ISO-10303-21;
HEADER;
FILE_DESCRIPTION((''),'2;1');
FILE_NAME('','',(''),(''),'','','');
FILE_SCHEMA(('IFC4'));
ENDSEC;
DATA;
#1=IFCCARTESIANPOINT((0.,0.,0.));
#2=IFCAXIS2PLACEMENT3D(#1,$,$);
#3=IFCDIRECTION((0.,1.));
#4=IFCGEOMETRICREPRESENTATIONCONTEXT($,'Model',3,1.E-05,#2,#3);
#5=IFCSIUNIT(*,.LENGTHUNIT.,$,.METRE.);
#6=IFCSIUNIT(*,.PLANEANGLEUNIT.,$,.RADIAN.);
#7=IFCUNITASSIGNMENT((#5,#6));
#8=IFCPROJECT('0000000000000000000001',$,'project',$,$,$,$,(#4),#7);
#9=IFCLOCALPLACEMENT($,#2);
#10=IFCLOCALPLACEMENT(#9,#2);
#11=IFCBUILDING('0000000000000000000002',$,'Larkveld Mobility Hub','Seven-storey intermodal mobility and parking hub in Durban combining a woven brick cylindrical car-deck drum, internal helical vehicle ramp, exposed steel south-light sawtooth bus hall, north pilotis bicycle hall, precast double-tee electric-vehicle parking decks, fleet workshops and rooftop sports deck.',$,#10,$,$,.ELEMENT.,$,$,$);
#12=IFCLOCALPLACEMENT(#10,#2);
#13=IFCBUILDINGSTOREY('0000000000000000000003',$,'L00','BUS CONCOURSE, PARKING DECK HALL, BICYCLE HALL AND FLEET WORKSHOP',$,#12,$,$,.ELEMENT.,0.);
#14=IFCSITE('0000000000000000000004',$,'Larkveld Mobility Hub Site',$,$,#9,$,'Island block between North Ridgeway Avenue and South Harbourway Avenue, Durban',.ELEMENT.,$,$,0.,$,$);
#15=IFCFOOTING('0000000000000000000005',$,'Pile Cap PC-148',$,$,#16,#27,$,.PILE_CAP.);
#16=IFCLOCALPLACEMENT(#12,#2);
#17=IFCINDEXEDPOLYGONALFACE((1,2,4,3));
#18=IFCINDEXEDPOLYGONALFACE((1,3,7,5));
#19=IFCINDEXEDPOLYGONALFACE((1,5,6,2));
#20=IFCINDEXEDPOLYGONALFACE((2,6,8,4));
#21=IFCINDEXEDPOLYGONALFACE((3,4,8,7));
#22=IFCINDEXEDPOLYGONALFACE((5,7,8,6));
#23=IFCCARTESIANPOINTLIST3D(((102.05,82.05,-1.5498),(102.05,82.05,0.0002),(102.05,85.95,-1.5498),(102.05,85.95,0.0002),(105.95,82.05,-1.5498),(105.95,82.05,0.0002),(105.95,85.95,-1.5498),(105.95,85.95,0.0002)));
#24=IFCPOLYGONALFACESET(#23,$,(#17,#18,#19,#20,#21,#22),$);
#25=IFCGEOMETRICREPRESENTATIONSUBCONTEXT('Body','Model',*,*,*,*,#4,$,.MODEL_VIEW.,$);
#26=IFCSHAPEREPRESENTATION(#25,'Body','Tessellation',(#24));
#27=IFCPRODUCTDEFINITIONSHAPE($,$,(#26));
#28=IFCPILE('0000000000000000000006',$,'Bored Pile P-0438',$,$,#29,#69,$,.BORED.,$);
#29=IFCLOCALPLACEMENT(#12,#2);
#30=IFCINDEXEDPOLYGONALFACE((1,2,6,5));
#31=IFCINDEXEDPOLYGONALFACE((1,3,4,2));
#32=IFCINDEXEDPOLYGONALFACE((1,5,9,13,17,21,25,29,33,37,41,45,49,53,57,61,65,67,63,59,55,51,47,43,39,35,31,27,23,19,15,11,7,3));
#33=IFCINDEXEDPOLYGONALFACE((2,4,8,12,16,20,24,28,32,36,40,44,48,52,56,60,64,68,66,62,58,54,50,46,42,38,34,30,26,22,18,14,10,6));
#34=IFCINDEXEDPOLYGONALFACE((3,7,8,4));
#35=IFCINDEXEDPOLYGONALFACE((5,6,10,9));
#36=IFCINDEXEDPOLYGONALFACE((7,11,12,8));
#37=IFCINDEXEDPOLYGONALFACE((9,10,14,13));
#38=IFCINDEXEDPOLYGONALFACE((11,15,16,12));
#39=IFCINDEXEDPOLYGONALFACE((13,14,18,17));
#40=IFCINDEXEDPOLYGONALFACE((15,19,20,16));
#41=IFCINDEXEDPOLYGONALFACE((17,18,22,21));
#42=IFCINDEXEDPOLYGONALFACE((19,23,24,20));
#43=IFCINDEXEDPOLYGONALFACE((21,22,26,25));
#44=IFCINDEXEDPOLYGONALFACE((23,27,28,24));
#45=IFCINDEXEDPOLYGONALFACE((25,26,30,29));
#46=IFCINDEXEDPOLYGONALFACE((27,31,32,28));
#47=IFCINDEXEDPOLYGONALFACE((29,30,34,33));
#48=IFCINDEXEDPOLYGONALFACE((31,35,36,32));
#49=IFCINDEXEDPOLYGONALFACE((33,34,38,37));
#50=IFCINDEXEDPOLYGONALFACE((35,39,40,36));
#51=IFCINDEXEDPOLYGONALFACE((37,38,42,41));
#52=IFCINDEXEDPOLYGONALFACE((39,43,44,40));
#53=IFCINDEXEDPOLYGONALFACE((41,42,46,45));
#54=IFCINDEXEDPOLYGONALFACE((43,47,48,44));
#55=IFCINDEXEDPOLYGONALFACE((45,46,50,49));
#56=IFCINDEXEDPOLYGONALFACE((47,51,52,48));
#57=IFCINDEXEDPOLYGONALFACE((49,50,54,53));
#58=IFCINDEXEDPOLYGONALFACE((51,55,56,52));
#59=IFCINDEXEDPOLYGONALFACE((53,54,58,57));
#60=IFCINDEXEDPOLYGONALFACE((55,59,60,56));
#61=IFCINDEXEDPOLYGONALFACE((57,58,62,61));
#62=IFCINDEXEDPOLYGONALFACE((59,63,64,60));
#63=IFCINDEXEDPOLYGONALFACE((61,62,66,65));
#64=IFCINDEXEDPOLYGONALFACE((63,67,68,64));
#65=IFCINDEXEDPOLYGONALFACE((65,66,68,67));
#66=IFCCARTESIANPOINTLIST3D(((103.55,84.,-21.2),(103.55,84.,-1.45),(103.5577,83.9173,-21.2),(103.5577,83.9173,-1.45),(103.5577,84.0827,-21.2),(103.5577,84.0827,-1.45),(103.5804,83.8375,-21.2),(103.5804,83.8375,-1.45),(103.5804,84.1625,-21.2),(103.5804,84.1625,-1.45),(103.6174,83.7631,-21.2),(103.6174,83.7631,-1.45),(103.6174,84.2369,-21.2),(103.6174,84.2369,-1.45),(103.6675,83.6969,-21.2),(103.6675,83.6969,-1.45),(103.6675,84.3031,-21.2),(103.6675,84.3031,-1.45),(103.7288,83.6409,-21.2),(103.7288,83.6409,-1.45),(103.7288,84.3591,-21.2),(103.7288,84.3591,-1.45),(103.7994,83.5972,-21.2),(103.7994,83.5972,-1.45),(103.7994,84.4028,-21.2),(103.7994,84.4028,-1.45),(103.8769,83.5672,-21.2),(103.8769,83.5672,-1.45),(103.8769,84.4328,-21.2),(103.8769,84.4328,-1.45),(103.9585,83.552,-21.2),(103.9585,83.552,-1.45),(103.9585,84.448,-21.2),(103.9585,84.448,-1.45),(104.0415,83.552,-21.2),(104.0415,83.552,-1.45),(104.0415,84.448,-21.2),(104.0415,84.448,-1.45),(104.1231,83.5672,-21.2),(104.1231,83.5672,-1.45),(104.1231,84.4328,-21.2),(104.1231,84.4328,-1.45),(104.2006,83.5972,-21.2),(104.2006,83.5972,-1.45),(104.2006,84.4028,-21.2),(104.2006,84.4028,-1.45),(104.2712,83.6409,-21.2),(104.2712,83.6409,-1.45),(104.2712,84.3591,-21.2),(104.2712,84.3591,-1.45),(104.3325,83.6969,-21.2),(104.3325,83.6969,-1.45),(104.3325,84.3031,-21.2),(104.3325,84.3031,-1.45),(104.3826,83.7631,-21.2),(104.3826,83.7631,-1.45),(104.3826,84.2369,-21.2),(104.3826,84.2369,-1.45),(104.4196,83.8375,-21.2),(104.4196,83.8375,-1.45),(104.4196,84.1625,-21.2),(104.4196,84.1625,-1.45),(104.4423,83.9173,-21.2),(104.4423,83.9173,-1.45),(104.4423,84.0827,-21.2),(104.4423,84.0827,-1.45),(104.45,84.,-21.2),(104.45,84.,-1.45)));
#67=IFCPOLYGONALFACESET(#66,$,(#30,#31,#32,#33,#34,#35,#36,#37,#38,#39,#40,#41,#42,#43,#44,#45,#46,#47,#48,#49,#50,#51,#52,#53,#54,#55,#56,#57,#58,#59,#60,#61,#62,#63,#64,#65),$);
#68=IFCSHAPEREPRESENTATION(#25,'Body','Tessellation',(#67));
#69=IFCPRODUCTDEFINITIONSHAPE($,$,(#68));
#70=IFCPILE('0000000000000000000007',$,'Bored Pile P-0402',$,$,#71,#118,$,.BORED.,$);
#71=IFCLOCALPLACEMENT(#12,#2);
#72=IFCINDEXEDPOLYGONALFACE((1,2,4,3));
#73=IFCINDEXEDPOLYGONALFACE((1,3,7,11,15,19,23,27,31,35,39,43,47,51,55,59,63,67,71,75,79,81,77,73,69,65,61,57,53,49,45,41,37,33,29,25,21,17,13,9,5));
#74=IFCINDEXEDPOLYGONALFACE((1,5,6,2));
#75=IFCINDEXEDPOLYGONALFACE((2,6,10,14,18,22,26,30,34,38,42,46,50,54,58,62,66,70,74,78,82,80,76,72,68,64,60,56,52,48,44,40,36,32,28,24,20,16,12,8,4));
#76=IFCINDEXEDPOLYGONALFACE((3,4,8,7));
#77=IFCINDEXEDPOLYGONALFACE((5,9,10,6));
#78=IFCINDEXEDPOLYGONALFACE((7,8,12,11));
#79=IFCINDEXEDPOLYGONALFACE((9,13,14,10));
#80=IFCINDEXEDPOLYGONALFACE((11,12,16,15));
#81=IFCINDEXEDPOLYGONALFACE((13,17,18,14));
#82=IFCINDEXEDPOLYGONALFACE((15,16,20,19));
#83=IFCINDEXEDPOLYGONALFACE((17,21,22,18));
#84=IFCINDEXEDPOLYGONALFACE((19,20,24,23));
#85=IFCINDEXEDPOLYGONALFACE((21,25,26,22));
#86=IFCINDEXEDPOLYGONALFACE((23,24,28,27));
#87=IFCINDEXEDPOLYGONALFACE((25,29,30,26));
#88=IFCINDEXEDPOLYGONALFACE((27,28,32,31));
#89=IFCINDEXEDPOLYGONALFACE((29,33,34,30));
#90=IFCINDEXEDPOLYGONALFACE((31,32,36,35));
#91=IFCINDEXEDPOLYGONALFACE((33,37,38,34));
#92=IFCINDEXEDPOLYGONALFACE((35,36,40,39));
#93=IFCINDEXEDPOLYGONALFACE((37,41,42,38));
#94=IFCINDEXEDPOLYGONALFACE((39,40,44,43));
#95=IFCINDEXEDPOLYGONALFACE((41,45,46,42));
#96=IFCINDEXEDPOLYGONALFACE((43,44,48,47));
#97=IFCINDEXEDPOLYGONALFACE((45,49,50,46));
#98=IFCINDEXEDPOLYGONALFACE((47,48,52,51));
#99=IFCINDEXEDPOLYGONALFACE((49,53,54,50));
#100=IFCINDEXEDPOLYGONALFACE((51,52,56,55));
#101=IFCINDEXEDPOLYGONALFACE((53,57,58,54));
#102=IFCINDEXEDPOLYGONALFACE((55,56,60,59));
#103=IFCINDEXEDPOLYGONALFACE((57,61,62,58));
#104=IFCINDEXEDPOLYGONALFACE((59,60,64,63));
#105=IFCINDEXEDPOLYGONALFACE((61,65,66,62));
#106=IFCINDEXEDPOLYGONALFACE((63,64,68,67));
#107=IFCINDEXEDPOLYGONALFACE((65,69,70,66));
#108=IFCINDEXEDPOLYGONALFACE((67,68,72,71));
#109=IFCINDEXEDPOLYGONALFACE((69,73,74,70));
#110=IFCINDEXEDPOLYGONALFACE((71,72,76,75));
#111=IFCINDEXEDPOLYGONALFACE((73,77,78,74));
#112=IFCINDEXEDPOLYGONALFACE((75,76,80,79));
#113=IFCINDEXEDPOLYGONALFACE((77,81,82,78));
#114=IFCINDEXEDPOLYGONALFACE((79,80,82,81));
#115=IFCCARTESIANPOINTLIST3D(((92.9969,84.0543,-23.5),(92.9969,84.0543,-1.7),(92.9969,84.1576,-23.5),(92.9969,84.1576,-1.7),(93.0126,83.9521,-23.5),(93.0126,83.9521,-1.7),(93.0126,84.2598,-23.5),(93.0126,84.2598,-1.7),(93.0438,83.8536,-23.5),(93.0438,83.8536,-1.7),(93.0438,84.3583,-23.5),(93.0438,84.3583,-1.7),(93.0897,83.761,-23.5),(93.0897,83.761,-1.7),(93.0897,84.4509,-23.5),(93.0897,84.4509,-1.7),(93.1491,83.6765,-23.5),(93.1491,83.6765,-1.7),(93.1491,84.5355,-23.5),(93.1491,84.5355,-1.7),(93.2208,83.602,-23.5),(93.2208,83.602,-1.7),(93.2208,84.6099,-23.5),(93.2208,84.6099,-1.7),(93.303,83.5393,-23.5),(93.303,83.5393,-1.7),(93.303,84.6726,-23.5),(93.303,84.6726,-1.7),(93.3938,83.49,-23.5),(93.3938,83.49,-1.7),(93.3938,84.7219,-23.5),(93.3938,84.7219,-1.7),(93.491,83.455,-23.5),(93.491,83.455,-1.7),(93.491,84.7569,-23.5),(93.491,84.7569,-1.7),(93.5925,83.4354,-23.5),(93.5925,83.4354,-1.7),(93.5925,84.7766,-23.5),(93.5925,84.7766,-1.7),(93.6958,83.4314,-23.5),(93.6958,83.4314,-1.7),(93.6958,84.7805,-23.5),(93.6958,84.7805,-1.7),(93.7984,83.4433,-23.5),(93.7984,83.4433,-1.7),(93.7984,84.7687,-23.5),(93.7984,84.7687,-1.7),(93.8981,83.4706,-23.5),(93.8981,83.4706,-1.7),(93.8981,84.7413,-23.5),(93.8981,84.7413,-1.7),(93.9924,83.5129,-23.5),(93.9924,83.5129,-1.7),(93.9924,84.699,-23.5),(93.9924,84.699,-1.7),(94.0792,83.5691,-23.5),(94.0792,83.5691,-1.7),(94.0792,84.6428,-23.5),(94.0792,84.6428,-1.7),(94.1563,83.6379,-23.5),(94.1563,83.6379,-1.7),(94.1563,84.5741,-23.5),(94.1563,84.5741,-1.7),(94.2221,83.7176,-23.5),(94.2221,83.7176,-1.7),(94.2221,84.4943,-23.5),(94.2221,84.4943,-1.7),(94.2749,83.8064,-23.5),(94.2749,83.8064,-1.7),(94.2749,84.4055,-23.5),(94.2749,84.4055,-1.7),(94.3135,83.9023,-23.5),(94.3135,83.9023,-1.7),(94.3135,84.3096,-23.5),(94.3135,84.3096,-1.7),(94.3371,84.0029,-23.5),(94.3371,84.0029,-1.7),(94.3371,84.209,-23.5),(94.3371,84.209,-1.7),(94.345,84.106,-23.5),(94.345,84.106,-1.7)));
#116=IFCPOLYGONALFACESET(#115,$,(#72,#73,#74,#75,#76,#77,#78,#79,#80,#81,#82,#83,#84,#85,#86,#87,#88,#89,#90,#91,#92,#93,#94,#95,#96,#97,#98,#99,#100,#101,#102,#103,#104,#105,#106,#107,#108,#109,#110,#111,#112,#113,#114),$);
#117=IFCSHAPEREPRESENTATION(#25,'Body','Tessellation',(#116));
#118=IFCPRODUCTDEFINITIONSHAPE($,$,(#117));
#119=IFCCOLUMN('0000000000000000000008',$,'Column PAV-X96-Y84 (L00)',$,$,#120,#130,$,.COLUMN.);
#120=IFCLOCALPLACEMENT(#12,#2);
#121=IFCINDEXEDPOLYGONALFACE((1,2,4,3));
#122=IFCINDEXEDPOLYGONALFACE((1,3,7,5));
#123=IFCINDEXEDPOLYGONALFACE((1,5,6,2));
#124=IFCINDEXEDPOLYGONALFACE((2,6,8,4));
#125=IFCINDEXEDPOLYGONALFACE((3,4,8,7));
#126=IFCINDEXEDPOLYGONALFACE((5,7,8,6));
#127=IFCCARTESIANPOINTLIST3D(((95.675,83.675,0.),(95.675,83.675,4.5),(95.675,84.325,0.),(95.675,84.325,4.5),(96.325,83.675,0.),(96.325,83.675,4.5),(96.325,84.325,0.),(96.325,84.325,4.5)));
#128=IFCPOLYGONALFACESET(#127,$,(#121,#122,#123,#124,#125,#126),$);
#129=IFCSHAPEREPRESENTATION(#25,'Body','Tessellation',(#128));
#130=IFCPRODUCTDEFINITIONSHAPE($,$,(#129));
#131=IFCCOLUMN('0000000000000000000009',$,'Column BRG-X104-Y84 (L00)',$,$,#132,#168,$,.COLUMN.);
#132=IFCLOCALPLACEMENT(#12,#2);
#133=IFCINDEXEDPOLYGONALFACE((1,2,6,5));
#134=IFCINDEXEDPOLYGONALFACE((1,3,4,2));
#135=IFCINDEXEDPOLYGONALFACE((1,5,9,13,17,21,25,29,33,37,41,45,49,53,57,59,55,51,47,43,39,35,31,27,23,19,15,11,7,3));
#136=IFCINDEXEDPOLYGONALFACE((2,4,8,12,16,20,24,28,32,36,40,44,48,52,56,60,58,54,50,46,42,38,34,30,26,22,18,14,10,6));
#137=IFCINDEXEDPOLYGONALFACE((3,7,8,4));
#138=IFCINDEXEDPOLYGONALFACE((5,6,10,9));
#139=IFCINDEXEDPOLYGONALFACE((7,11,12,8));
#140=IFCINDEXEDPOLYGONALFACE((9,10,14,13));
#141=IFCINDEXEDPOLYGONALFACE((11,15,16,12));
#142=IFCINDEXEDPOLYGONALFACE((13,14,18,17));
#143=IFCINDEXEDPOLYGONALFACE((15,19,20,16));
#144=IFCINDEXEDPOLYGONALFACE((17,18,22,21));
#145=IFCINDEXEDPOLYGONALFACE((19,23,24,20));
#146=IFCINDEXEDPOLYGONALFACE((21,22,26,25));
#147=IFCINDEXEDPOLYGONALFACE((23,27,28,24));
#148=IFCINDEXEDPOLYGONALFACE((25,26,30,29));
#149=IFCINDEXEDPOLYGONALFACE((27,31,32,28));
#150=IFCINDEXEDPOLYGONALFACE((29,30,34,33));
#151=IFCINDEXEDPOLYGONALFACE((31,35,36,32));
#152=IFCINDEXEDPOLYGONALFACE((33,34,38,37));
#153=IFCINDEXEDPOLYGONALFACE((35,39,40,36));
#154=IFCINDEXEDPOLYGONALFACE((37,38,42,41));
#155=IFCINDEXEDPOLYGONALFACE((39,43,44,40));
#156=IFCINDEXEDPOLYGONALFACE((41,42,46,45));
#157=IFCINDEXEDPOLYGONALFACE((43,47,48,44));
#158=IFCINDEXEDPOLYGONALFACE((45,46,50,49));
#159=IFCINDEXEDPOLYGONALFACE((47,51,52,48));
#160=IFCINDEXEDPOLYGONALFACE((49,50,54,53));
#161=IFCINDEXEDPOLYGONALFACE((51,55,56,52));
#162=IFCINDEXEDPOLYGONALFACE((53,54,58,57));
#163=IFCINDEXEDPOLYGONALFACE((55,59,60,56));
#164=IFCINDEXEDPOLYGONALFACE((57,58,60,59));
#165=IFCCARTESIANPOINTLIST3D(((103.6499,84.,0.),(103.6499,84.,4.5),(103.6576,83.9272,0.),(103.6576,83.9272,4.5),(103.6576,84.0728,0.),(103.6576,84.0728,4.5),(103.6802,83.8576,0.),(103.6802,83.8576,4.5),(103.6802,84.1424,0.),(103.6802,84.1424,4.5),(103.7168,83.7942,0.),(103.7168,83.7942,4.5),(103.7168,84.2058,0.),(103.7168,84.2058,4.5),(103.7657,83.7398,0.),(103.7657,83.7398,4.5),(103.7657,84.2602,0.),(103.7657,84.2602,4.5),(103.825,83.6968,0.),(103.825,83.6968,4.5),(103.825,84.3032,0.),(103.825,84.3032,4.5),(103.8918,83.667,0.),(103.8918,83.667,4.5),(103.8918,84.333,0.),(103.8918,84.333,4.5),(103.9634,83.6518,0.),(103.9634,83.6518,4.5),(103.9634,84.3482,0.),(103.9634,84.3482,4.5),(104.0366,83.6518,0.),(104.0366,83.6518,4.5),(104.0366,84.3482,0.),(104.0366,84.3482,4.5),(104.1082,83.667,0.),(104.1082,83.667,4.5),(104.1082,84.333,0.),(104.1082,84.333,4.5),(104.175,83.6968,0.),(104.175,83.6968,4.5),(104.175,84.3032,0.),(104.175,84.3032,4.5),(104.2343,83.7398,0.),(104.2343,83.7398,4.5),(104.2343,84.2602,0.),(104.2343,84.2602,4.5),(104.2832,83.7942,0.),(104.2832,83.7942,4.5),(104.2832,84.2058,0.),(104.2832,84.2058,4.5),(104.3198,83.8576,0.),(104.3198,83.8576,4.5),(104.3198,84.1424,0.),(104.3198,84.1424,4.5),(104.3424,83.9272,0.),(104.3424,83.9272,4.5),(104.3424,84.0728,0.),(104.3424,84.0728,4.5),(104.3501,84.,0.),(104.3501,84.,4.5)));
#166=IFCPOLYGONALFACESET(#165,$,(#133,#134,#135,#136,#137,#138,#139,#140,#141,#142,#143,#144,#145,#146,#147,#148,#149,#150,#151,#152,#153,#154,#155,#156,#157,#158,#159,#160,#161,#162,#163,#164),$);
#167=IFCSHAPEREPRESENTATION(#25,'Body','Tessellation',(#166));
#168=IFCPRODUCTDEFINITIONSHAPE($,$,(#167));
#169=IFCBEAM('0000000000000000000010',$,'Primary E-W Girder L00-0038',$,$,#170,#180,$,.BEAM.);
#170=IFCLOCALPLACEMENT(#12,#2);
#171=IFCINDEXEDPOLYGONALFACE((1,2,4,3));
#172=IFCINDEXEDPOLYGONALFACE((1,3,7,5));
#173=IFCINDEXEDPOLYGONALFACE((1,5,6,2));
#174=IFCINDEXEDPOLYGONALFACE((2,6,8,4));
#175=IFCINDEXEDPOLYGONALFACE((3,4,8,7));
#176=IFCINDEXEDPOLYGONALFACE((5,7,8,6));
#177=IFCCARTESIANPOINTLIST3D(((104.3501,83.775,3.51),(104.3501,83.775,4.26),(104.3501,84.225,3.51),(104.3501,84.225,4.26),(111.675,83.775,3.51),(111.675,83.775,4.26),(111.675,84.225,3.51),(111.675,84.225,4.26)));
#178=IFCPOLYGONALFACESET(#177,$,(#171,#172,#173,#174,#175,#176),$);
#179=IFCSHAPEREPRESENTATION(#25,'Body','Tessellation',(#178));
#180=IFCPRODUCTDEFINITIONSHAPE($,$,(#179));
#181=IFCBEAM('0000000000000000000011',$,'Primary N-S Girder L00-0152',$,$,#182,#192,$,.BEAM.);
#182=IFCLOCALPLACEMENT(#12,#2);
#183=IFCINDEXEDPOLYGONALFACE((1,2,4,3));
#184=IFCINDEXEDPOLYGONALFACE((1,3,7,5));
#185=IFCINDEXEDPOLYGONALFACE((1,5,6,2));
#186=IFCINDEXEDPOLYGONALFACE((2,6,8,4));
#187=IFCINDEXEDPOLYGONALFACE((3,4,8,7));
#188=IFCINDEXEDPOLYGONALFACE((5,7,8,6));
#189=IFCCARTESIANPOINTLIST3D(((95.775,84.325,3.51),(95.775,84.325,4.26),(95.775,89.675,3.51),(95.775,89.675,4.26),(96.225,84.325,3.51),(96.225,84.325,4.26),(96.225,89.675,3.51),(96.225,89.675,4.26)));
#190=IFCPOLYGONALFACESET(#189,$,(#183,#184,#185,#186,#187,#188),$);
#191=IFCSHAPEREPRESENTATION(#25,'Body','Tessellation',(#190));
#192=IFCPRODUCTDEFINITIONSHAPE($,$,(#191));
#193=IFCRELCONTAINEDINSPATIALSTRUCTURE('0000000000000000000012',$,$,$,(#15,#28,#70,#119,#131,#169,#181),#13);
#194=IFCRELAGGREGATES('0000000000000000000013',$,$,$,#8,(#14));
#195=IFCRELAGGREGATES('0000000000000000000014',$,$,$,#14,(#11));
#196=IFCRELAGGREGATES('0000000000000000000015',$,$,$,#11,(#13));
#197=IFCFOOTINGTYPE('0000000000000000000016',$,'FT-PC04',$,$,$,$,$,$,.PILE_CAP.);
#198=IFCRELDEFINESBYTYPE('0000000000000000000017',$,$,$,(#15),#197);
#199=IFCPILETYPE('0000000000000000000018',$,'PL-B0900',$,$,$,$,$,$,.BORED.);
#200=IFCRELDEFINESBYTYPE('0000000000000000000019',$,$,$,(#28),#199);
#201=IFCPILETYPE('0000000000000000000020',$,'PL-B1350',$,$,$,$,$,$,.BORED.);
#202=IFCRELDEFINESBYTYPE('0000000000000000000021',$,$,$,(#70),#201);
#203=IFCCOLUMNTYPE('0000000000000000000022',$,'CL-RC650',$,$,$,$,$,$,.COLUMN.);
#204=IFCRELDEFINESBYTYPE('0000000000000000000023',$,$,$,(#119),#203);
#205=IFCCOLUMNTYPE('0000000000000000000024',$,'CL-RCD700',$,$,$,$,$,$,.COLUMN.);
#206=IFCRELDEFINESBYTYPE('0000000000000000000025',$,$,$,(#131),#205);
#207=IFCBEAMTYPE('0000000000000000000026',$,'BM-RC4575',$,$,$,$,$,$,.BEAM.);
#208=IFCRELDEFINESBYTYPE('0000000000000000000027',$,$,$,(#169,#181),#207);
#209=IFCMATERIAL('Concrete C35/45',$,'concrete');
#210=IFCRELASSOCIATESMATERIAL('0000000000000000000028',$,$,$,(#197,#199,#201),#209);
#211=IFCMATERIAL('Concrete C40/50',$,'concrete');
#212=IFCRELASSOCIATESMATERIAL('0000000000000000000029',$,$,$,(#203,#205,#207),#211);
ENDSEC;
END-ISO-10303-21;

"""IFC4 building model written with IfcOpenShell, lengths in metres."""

from ifc_helpers import new_model, si_unit, direction, frame, origin, origin_2d, place, context, subcontext, project, spatial, rectangle, circle, extrude, material, material_profile, profile_set, type_object, element, save


model = new_model("IFC4")

# Units and contexts
model_context = context("Model", 3, precision=1e-05, world=origin(), true_north=direction((0.0, 1.0)))
body_context = subcontext(model_context, "Body", "Model", "MODEL_VIEW")
ifc_project = project(units=[si_unit("LENGTHUNIT", "METRE"), si_unit("PLANEANGLEUNIT", "RADIAN")], contexts=[model_context])

# Site, building, storey
site_placement = place(None, origin())
site = spatial("IfcSite", under=ifc_project, at=site_placement, Name="Larkveld Mobility Hub Site", LongName="Island block between North Ridgeway Avenue and South Harbourway Avenue, Durban", CompositionType="ELEMENT", RefElevation=0.0)
building_placement = place(site_placement, origin())
building = spatial("IfcBuilding", under=site, at=building_placement, Name="Larkveld Mobility Hub", Description="Seven-storey intermodal mobility and parking hub in Durban combining a woven brick cylindrical car-deck drum, internal helical vehicle ramp, exposed steel south-light sawtooth bus hall, north pilotis bicycle hall, precast double-tee electric-vehicle parking decks, fleet workshops and rooftop sports deck.", CompositionType="ELEMENT")
storey_placement = place(building_placement, origin())
storey = spatial("IfcBuildingStorey", under=building, at=storey_placement, Name="L00", Description="BUS CONCOURSE, PARKING DECK HALL, BICYCLE HALL AND FLEET WORKSHOP", CompositionType="ELEMENT", Elevation=0.0)

# Footing
ifc_material_1 = material(Name="Concrete C35/45", Category="concrete")
footing_type = type_object("IfcFootingType", Name="FT-PC04", PredefinedType="PILE_CAP", material=ifc_material_1)
footing_placement = place(storey_placement, frame((104.0, 84.0, -1.5498), z_axis=(0.0, 0.0, 1.0), x_axis=(1.0, 0.0, 0.0)))
element("IfcFooting", 1, at=footing_placement, inside=storey, type_object=footing_type, Name="Pile Cap PC-148", PredefinedType="PILE_CAP", context=body_context, shape_type="SweptSolid", body=[
    extrude(rectangle(XDim=3.8999, YDim=3.8999, at=origin_2d()), origin(), (0.0, 0.0, 1.0), 1.55),
])

# Piles
ifc_material_profile_1 = material_profile(ifc_material_1, circle(Radius=0.45, at=origin_2d()), Name="PILE D900")
ifc_profile_set_1 = profile_set([ifc_material_profile_1], Name="Concrete C35/45")
pile_type_1 = type_object("IfcPileType", Name="PL-B0900", PredefinedType="BORED", material=ifc_profile_set_1)
pile_1_placement = place(storey_placement, frame((104.0, 84.0, -1.45), z_axis=(0.0, 0.0, -1.0), x_axis=(1.0, 0.0, 0.0)))
element("IfcPile", 2, at=pile_1_placement, inside=storey, type_object=pile_type_1, Name="Bored Pile P-0438", PredefinedType="BORED", context=body_context, shape_type="SweptSolid", body=[
    extrude(circle(Radius=0.45, at=origin_2d()), origin(), (0.0, 0.0, 1.0), 19.75),
])
ifc_material_profile_2 = material_profile(ifc_material_1, circle(Radius=0.675, at=origin_2d()), Name="PILE D1350")
ifc_profile_set_2 = profile_set([ifc_material_profile_2], Name="Concrete C35/45")
pile_type_2 = type_object("IfcPileType", Name="PL-B1350", PredefinedType="BORED", material=ifc_profile_set_2)
pile_2_placement = place(storey_placement, frame((93.6699, 84.106, -1.7), z_axis=(0.0, 0.0, -1.0), x_axis=(1.0, 0.0, 0.0)))
element("IfcPile", 3, at=pile_2_placement, inside=storey, type_object=pile_type_2, Name="Bored Pile P-0402", PredefinedType="BORED", context=body_context, shape_type="SweptSolid", body=[
    extrude(circle(Radius=0.675, at=origin_2d()), origin(), (0.0, 0.0, 1.0), 21.8),
])

# Columns
ifc_material_2 = material(Name="Concrete C40/50", Category="concrete")
ifc_material_profile_3 = material_profile(ifc_material_2, rectangle(XDim=0.6499, YDim=0.6499, at=origin_2d()), Name="RC COL 650x650")
ifc_profile_set_3 = profile_set([ifc_material_profile_3], Name="Concrete C40/50")
column_type_1 = type_object("IfcColumnType", Name="CL-RC650", PredefinedType="COLUMN", material=ifc_profile_set_3)
column_1_placement = place(storey_placement, frame((96.0, 84.0, 0.0), z_axis=(0.0, 0.0, 1.0), x_axis=(1.0, 0.0, 0.0)))
element("IfcColumn", 4, at=column_1_placement, inside=storey, type_object=column_type_1, Name="Column PAV-X96-Y84 (L00)", PredefinedType="COLUMN", context=body_context, shape_type="SweptSolid", body=[
    extrude(rectangle(XDim=0.6499, YDim=0.6499, at=origin_2d()), origin(), (0.0, 0.0, 1.0), 4.5),
])
ifc_material_profile_4 = material_profile(ifc_material_2, circle(Radius=0.3501, at=origin_2d()), Name="RC COL D700")
ifc_profile_set_4 = profile_set([ifc_material_profile_4], Name="Concrete C40/50")
column_type_2 = type_object("IfcColumnType", Name="CL-RCD700", PredefinedType="COLUMN", material=ifc_profile_set_4)
column_2_placement = place(storey_placement, frame((104.0, 84.0, 0.0), z_axis=(0.0, 0.0, 1.0), x_axis=(1.0, 0.0, 0.0)))
element("IfcColumn", 5, at=column_2_placement, inside=storey, type_object=column_type_2, Name="Column BRG-X104-Y84 (L00)", PredefinedType="COLUMN", context=body_context, shape_type="SweptSolid", body=[
    extrude(circle(Radius=0.3501, at=origin_2d()), origin(), (0.0, 0.0, 1.0), 4.5),
])

# Beams
ifc_material_profile_5 = material_profile(ifc_material_2, rectangle(XDim=0.45, YDim=0.75, at=origin_2d()), Name="RC BM 450x750")
ifc_profile_set_5 = profile_set([ifc_material_profile_5], Name="Concrete C40/50")
beam_type_1 = type_object("IfcBeamType", Name="BM-RC4575", PredefinedType="BEAM", material=ifc_profile_set_5)
beam_1_placement = place(storey_placement, frame((104.3501, 84.0, 3.885), z_axis=(1.0, 0.0, 0.0), x_axis=(0.0, 1.0, 0.0)))
element("IfcBeam", 6, at=beam_1_placement, inside=storey, type_object=beam_type_1, Name="Primary E-W Girder L00-0038", PredefinedType="BEAM", context=body_context, shape_type="SweptSolid", body=[
    extrude(rectangle(XDim=0.45, YDim=0.75, at=origin_2d()), origin(), (0.0, 0.0, 1.0), 7.325),
])
beam_2_placement = place(storey_placement, frame((96.0, 84.325, 3.885), z_axis=(0.0, 1.0, 0.0), x_axis=(-1.0, 0.0, 0.0)))
element("IfcBeam", 7, at=beam_2_placement, inside=storey, type_object=beam_type_1, Name="Primary N-S Girder L00-0152", PredefinedType="BEAM", context=body_context, shape_type="SweptSolid", body=[
    extrude(rectangle(XDim=0.45, YDim=0.75, at=origin_2d()), origin(), (0.0, 0.0, 1.0), 5.3501),
])

save(model, "model.ifc")
